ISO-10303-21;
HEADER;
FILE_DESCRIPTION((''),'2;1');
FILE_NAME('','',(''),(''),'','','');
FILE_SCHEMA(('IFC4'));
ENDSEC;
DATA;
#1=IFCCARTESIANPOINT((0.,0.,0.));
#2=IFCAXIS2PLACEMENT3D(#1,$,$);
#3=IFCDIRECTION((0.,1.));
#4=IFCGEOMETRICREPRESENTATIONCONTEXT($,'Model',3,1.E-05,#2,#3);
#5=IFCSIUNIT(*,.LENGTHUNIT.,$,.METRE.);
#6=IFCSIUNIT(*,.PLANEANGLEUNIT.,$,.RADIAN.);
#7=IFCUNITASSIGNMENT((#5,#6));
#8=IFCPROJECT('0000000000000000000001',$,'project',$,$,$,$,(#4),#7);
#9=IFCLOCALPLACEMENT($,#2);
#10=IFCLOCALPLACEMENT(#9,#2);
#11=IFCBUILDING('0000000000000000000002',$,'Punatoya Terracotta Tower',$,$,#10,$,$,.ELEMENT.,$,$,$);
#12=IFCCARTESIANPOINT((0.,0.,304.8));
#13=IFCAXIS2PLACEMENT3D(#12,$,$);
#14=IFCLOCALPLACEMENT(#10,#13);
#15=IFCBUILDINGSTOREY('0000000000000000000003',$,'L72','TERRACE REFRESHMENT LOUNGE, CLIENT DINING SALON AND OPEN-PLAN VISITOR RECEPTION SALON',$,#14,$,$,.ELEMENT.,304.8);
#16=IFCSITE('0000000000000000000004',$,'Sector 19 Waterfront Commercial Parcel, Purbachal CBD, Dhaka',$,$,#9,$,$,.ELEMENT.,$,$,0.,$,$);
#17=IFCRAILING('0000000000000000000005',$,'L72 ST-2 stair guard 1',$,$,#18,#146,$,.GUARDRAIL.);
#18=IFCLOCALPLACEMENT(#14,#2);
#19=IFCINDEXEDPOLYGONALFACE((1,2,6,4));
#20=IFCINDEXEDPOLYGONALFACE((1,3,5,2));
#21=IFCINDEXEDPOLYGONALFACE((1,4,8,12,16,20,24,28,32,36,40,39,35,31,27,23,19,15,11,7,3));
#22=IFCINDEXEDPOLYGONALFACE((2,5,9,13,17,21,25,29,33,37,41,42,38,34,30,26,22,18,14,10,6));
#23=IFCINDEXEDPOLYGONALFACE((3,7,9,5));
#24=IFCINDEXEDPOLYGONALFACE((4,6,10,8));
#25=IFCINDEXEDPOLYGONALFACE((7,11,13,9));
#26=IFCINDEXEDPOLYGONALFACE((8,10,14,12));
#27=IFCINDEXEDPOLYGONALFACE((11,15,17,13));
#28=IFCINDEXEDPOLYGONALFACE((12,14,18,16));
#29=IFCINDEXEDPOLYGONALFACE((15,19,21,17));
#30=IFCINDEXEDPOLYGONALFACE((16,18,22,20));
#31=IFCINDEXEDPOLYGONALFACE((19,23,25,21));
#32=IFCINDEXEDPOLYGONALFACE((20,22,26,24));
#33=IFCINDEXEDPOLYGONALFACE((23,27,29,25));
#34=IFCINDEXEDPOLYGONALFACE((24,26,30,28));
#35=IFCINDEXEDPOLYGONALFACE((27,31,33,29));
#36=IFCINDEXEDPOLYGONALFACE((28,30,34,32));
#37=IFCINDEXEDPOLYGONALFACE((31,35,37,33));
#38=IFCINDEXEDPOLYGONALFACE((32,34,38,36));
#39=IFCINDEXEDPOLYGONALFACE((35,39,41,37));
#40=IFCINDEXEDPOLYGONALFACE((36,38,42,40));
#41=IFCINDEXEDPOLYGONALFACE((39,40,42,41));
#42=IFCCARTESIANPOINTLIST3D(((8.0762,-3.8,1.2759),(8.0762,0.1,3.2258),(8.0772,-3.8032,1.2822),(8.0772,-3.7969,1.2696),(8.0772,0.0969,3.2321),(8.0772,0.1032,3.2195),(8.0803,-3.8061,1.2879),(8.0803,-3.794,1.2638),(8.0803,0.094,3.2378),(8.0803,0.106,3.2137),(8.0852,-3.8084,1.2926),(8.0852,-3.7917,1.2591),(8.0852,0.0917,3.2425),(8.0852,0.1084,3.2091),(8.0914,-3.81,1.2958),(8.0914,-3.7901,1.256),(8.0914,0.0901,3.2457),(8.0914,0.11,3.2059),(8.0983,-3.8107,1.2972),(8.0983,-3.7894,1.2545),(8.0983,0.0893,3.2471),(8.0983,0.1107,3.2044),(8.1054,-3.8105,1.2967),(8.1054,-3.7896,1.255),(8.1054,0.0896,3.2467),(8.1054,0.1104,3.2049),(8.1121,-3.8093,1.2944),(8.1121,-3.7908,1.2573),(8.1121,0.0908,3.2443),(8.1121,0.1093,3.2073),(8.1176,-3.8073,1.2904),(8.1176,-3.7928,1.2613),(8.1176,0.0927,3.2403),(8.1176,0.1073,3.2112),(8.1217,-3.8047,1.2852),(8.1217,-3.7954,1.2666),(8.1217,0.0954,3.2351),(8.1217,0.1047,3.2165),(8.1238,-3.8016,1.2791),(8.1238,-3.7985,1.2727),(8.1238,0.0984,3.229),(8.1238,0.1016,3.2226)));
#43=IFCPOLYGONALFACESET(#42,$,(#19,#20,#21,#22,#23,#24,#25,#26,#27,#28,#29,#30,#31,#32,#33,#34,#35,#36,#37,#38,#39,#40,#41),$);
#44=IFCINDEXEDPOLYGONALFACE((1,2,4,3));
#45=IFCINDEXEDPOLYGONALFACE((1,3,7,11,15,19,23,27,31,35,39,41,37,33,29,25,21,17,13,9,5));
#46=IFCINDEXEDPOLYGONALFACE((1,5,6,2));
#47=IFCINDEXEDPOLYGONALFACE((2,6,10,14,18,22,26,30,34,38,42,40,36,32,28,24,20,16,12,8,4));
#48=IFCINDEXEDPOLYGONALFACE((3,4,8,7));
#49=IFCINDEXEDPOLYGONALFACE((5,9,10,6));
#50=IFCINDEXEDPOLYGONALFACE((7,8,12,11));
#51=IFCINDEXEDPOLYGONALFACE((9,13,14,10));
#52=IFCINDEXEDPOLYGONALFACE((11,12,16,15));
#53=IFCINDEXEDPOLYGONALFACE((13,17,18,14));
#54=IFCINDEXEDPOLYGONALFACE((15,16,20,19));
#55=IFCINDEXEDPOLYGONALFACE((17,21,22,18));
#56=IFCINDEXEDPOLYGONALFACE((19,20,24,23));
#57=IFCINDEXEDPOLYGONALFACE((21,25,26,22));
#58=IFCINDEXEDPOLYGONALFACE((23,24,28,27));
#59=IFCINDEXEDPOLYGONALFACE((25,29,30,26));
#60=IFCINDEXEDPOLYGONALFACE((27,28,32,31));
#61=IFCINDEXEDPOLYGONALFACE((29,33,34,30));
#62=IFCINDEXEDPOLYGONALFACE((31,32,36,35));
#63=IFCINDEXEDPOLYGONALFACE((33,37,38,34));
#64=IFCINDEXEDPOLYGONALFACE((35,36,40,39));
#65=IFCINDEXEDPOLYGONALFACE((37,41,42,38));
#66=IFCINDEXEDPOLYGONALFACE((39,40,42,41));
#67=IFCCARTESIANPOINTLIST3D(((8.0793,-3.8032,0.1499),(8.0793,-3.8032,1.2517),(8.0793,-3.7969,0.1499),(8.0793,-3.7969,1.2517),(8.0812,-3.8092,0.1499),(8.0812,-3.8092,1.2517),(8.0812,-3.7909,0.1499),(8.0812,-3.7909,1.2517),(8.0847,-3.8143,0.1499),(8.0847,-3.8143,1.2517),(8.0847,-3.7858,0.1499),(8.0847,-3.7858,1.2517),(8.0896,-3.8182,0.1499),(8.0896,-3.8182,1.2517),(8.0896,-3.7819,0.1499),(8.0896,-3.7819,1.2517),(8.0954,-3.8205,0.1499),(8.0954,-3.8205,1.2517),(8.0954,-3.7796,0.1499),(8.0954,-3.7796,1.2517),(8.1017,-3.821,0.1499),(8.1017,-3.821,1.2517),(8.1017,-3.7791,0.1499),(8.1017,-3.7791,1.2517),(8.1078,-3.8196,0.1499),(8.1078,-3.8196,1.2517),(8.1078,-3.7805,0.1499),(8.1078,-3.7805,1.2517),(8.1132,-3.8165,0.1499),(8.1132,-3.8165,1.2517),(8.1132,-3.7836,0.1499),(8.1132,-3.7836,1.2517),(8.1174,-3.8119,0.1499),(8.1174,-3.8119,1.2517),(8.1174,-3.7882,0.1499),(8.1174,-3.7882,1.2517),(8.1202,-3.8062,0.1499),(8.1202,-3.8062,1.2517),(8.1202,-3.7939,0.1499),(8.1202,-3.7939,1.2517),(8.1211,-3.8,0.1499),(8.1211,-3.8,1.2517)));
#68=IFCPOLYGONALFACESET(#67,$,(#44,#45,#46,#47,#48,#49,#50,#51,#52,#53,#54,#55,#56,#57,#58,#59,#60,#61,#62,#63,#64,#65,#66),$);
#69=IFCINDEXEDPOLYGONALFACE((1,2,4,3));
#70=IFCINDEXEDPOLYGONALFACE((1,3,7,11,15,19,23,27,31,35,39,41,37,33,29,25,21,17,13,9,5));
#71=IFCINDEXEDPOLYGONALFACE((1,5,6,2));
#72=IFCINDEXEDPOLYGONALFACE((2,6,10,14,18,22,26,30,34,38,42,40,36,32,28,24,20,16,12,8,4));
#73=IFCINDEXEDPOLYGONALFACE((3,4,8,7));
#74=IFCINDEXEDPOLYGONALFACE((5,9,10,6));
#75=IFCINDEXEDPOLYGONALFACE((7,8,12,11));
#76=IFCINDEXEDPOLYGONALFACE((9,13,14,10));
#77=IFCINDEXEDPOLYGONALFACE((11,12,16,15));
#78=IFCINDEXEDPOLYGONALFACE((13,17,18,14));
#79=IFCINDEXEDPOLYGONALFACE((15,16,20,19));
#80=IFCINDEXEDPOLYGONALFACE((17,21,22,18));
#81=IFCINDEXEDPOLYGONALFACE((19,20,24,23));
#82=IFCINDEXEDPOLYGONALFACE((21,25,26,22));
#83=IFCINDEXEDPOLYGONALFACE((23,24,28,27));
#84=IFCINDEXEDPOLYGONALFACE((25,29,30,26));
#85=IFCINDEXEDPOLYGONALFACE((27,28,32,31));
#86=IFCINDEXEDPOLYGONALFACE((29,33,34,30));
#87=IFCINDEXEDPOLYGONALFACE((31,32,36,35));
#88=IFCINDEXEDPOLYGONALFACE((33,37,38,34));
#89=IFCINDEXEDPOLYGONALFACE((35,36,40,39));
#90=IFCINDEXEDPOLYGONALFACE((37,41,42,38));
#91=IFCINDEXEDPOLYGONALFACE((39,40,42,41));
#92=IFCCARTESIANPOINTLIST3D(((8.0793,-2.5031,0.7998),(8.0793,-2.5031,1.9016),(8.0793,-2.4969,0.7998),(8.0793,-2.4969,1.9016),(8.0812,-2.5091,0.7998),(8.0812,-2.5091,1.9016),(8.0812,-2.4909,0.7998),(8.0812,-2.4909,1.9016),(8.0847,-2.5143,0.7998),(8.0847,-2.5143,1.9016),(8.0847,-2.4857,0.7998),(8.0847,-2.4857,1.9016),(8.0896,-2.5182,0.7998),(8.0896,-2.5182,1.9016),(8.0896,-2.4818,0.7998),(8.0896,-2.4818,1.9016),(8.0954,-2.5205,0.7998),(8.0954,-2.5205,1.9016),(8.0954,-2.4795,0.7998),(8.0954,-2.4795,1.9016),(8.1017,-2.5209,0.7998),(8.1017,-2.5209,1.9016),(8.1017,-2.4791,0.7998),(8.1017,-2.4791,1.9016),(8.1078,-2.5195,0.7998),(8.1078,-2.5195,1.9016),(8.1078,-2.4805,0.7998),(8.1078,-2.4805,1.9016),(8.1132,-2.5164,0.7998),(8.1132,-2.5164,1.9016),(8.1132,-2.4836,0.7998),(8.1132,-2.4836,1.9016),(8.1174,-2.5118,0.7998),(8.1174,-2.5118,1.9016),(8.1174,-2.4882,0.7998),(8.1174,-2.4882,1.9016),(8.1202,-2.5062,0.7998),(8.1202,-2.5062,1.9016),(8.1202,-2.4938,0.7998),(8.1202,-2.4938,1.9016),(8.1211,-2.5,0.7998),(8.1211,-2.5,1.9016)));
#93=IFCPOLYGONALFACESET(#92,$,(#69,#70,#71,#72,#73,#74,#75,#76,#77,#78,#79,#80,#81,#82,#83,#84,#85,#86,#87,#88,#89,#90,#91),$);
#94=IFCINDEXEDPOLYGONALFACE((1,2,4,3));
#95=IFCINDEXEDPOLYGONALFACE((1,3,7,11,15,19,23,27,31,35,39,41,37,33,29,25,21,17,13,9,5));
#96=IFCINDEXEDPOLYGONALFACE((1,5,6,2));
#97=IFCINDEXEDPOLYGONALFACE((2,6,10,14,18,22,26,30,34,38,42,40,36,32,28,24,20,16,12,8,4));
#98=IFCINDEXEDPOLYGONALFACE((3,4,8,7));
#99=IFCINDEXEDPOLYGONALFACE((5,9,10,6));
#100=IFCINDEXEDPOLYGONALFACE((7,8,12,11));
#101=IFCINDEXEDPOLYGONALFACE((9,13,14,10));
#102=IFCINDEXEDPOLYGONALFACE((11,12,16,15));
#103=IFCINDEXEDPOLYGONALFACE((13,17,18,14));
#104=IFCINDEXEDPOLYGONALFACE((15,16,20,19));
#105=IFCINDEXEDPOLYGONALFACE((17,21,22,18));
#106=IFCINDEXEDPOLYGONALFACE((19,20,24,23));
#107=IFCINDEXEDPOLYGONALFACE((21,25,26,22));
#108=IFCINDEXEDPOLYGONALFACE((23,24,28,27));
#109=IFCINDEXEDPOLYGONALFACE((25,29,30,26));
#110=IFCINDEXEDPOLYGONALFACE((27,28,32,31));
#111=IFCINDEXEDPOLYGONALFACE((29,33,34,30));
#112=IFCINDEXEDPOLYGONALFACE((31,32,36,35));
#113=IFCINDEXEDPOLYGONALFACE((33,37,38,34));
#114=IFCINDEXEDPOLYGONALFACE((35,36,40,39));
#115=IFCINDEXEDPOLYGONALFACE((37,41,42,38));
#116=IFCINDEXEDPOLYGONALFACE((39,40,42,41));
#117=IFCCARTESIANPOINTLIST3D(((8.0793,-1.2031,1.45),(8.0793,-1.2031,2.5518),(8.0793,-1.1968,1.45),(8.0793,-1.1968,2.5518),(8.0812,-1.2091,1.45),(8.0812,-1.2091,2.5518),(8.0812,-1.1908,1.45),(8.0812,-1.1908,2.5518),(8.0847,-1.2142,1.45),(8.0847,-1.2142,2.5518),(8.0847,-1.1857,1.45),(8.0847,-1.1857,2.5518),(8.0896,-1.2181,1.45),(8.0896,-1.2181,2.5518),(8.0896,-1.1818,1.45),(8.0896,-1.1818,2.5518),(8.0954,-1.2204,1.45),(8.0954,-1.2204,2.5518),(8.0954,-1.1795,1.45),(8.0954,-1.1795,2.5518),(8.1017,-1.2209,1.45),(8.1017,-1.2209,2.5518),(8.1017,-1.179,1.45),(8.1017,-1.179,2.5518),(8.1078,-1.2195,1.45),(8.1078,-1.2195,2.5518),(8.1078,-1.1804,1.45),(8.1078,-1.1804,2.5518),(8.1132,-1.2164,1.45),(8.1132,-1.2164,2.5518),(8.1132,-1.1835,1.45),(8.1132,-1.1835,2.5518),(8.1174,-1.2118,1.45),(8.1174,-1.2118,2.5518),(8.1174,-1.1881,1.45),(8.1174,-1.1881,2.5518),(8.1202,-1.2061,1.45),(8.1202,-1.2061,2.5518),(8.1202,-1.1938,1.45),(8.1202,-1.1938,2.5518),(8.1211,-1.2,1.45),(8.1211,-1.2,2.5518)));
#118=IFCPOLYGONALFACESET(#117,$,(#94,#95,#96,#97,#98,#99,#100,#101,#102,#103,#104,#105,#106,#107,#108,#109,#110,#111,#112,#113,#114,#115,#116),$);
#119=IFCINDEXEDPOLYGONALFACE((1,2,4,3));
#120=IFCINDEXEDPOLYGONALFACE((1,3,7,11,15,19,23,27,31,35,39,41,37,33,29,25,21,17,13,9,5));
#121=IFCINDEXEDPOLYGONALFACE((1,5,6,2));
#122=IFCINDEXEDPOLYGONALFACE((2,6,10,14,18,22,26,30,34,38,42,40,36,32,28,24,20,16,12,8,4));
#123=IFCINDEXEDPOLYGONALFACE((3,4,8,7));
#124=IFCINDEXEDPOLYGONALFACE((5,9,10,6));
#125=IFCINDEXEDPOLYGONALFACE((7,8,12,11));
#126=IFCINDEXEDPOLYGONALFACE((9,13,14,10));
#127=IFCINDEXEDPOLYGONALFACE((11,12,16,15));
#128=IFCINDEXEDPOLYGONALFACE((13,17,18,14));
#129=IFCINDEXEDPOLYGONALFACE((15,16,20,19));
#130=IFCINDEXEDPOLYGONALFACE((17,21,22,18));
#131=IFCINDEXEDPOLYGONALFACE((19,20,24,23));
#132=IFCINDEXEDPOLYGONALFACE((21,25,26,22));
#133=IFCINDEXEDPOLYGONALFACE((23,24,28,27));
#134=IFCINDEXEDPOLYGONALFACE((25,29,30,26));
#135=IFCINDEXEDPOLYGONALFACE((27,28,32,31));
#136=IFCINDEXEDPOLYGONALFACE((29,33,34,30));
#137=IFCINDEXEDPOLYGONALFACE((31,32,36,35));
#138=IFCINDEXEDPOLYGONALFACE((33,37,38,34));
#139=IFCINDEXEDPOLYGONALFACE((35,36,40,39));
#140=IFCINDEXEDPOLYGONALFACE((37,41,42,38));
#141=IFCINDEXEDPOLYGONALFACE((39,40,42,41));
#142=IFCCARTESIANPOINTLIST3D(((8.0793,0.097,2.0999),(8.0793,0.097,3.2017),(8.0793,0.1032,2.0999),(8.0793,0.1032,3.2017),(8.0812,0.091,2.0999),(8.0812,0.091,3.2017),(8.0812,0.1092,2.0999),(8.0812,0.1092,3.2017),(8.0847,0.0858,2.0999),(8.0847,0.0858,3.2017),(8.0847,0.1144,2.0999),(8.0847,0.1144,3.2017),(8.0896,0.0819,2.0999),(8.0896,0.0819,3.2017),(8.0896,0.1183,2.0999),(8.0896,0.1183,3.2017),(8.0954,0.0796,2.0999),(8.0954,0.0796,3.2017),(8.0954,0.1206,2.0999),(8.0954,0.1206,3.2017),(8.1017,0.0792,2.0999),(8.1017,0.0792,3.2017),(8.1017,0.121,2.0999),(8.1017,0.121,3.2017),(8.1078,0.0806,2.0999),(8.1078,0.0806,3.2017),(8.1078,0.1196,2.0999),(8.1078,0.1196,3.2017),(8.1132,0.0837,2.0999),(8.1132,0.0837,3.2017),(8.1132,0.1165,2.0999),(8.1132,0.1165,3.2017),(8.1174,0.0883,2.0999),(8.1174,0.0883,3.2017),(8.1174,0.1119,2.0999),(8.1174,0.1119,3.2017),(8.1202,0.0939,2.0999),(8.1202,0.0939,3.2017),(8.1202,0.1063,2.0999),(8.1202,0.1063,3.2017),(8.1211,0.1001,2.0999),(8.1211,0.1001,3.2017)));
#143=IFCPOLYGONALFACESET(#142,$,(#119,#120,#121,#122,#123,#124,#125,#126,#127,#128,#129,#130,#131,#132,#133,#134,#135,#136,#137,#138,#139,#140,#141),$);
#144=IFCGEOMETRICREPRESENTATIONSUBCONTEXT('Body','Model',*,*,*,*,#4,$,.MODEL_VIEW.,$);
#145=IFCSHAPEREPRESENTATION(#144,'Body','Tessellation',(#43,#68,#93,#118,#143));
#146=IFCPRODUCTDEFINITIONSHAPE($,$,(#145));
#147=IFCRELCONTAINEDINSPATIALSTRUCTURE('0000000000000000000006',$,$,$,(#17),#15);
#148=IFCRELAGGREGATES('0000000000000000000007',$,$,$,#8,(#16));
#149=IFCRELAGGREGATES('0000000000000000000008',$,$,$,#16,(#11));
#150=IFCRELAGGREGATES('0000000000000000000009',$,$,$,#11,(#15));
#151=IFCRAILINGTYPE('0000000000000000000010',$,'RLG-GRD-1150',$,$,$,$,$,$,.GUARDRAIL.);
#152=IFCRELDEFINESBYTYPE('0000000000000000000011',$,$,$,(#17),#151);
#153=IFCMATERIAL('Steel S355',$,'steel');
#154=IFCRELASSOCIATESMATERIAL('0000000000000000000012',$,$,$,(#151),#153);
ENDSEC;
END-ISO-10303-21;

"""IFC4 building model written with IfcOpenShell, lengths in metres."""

from ifc_helpers import new_model, si_unit, direction, frame, origin, origin_2d, place, context, subcontext, project, spatial, circle, extrude, material, type_object, element, save


model = new_model("IFC4")

# Units and contexts
model_context = context("Model", 3, precision=1e-05, world=origin(), true_north=direction((0.0, 1.0)))
body_context = subcontext(model_context, "Body", "Model", "MODEL_VIEW")
ifc_project = project(units=[si_unit("LENGTHUNIT", "METRE"), si_unit("PLANEANGLEUNIT", "RADIAN")], contexts=[model_context])

# Site, building, storey
site_placement = place(None, origin())
site = spatial("IfcSite", under=ifc_project, at=site_placement, Name="Sector 19 Waterfront Commercial Parcel, Purbachal CBD, Dhaka", CompositionType="ELEMENT", RefElevation=0.0)
building_placement = place(site_placement, origin())
building = spatial("IfcBuilding", under=site, at=building_placement, Name="Punatoya Terracotta Tower", CompositionType="ELEMENT")
storey_placement = place(building_placement, frame((0.0, 0.0, 304.8)))
storey = spatial("IfcBuildingStorey", under=building, at=storey_placement, Name="L72", Description="TERRACE REFRESHMENT LOUNGE, CLIENT DINING SALON AND OPEN-PLAN VISITOR RECEPTION SALON", CompositionType="ELEMENT", Elevation=304.8)

# Railing
ifc_material_1 = material(Name="Steel S355", Category="steel")
railing_type_1 = type_object("IfcRailingType", Name="RLG-GRD-1150", PredefinedType="GUARDRAIL", material=ifc_material_1)
railing_1_placement = place(storey_placement, frame((8.1001, -3.8, 0.1499)))
element("IfcRailing", 1, at=railing_1_placement, inside=storey, type_object=railing_type_1, Name="L72 ST-2 stair guard 1", PredefinedType="GUARDRAIL", context=body_context, shape_type="SweptSolid", body=[
    extrude(circle(Radius=0.0239, at=origin_2d()), frame((0.0, 0.0, 1.126), z_axis=(0.0, 0.894438, 0.447191), x_axis=(-1.0, 0.0, 0.0)), (0.0, 0.0, 1.0), 4.3604),
    extrude(circle(Radius=0.021, at=origin_2d()), origin(), (0.0, 0.0, 1.0), 1.1018),
    extrude(circle(Radius=0.021, at=origin_2d()), frame((0.0, 1.3, 0.6499)), (0.0, 0.0, 1.0), 1.1018),
    extrude(circle(Radius=0.021, at=origin_2d()), frame((0.0, 2.6001, 1.3)), (0.0, 0.0, 1.0), 1.1018),
    extrude(circle(Radius=0.021, at=origin_2d()), frame((0.0, 3.9001, 1.95)), (0.0, 0.0, 1.0), 1.1018),
])

save(model, "model.ifc")
